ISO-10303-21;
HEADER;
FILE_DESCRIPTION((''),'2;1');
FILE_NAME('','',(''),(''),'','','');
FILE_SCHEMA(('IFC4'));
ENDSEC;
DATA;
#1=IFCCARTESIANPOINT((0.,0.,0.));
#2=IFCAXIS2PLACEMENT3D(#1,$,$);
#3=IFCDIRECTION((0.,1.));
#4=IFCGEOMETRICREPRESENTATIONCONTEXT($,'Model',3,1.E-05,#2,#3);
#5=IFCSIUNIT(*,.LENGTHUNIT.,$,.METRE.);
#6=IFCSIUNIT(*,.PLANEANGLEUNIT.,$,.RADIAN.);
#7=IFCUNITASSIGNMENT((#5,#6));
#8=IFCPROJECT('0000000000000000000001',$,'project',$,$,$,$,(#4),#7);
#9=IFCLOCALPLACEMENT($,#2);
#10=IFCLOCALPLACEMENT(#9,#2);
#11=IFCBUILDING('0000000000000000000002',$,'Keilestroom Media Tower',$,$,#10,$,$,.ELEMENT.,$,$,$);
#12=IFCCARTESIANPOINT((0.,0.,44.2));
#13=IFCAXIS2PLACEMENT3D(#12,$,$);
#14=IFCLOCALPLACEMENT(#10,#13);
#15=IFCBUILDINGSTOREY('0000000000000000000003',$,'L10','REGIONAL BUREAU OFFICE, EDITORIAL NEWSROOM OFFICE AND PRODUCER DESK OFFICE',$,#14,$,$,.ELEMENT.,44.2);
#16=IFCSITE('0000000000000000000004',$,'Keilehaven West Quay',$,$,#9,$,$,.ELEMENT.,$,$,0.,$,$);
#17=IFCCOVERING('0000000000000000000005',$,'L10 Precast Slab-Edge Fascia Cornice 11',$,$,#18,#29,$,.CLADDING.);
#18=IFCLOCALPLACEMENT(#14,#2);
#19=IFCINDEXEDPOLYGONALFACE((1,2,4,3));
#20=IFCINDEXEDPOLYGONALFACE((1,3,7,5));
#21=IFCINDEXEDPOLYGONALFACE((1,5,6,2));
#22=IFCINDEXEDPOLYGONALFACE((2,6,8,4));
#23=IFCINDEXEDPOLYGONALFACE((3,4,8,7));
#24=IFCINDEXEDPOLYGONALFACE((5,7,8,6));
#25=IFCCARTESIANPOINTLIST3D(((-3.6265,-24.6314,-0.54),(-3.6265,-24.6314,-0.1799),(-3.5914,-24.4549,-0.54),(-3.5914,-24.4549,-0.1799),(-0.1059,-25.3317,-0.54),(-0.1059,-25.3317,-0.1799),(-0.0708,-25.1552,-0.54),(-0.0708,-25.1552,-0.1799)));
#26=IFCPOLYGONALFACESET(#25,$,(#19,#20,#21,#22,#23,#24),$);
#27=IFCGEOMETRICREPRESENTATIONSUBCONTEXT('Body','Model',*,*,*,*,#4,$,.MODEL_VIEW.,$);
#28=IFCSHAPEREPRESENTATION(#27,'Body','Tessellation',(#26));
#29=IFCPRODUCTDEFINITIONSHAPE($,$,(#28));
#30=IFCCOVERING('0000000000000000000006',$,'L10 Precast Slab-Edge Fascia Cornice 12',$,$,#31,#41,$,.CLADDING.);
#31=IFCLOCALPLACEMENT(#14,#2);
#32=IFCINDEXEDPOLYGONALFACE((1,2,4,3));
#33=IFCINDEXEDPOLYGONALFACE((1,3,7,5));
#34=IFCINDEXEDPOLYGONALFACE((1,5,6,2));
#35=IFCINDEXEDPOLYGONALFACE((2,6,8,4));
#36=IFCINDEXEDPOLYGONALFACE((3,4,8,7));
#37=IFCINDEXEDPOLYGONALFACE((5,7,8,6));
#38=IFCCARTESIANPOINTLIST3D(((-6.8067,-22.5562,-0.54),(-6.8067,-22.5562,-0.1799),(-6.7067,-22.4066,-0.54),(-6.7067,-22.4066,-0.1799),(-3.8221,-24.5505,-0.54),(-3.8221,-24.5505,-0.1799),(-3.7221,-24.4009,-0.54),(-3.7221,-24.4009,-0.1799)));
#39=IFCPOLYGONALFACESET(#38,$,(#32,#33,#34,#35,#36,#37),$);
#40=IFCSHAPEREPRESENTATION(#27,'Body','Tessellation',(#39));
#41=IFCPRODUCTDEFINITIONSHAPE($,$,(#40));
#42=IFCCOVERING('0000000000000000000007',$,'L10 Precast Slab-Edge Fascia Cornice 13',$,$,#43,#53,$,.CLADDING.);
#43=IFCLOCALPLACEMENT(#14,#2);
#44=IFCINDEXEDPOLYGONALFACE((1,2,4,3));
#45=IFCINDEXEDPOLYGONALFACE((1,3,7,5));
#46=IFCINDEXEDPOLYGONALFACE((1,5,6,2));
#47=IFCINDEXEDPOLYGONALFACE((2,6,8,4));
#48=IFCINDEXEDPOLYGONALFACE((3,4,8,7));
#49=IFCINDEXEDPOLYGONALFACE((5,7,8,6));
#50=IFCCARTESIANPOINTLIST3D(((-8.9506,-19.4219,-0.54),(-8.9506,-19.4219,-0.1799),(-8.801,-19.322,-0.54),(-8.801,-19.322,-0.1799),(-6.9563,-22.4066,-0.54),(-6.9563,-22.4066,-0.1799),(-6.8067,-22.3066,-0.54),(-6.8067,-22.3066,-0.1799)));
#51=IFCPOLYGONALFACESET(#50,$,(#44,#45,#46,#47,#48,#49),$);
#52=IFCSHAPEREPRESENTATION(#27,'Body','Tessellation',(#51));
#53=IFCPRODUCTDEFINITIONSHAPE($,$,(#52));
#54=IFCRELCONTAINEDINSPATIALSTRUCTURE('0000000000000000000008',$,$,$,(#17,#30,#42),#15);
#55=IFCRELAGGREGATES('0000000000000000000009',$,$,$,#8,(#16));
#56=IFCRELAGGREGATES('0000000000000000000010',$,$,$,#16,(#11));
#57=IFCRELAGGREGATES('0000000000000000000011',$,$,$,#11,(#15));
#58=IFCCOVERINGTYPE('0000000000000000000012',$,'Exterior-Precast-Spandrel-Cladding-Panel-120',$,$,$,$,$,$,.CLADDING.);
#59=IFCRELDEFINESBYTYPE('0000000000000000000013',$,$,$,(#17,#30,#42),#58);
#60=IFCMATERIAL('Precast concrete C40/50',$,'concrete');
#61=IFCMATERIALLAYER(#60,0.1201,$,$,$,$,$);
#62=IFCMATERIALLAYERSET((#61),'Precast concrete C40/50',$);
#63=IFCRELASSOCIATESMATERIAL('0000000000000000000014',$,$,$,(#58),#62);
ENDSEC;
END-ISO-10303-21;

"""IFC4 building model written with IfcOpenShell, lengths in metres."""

from ifc_helpers import new_model, si_unit, direction, frame, origin, origin_2d, place, context, subcontext, project, spatial, rectangle, extrude, source, transform, mapped, material, layer, layer_set, type_object, element, save


model = new_model("IFC4")

# Units and contexts
model_context = context("Model", 3, precision=1e-05, world=origin(), true_north=direction((0.0, 1.0)))
body_context = subcontext(model_context, "Body", "Model", "MODEL_VIEW")
ifc_project = project(units=[si_unit("LENGTHUNIT", "METRE"), si_unit("PLANEANGLEUNIT", "RADIAN")], contexts=[model_context])

# Site, building, storey
site_placement = place(None, origin())
site = spatial("IfcSite", under=ifc_project, at=site_placement, Name="Keilehaven West Quay", CompositionType="ELEMENT", RefElevation=0.0)
building_placement = place(site_placement, origin())
building = spatial("IfcBuilding", under=site, at=building_placement, Name="Keilestroom Media Tower", CompositionType="ELEMENT")
storey_placement = place(building_placement, frame((0.0, 0.0, 44.2)))
storey = spatial("IfcBuildingStorey", under=building, at=storey_placement, Name="L10", Description="REGIONAL BUREAU OFFICE, EDITORIAL NEWSROOM OFFICE AND PRODUCER DESK OFFICE", CompositionType="ELEMENT", Elevation=44.2)

# Shared definitions
ifc_material_1 = material(Name="Precast concrete C40/50", Category="concrete")

# Coverings
ifc_layer_1 = layer(ifc_material_1, 0.1201)
ifc_layer_set_1 = layer_set([ifc_layer_1], Name="Precast concrete C40/50")
covering_type = type_object("IfcCoveringType", Name="Exterior-Precast-Spandrel-Cladding-Panel-120", PredefinedType="CLADDING", material=ifc_layer_set_1)
shared_shape_1 = source(origin(), body_context, "Body", "SweptSolid", [
    extrude(rectangle(XDim=3.5896, YDim=0.1799, at=origin_2d()), origin(), (0.0, 0.0, 1.0), 0.3601),
])
for number, where, z_axis, x_axis, name in (
    (1, (-1.8486, -24.8933, -0.54), (0.0, 0.0, 1.0), (-0.980784, 0.195099, 0.0), "L10 Precast Slab-Edge Fascia Cornice 11"),
    (2, (-5.2644, -23.4785, -0.54), (0.0, 0.0, 1.0), (-0.831467, 0.555575, 0.0), "L10 Precast Slab-Edge Fascia Cornice 12"),
    (3, (-7.8787, -20.8643, -0.54), (0.0, 0.0, 1.0), (-0.555575, 0.831467, 0.0), "L10 Precast Slab-Edge Fascia Cornice 13"),
):
    element("IfcCovering", number, at=place(storey_placement, frame(where, z_axis=z_axis, x_axis=x_axis)), inside=storey, type_object=covering_type, Name=name, PredefinedType="CLADDING", context=body_context, shape_type="MappedRepresentation", body=[
        mapped(shared_shape_1, transform((0.0, 0.0, 0.0), x_axis=(1.0, 0.0, 0.0), y_axis=(0.0, 1.0, 0.0), z_axis=(0.0, 0.0, 1.0), scale=1.0)),
    ])

save(model, "model.ifc")
